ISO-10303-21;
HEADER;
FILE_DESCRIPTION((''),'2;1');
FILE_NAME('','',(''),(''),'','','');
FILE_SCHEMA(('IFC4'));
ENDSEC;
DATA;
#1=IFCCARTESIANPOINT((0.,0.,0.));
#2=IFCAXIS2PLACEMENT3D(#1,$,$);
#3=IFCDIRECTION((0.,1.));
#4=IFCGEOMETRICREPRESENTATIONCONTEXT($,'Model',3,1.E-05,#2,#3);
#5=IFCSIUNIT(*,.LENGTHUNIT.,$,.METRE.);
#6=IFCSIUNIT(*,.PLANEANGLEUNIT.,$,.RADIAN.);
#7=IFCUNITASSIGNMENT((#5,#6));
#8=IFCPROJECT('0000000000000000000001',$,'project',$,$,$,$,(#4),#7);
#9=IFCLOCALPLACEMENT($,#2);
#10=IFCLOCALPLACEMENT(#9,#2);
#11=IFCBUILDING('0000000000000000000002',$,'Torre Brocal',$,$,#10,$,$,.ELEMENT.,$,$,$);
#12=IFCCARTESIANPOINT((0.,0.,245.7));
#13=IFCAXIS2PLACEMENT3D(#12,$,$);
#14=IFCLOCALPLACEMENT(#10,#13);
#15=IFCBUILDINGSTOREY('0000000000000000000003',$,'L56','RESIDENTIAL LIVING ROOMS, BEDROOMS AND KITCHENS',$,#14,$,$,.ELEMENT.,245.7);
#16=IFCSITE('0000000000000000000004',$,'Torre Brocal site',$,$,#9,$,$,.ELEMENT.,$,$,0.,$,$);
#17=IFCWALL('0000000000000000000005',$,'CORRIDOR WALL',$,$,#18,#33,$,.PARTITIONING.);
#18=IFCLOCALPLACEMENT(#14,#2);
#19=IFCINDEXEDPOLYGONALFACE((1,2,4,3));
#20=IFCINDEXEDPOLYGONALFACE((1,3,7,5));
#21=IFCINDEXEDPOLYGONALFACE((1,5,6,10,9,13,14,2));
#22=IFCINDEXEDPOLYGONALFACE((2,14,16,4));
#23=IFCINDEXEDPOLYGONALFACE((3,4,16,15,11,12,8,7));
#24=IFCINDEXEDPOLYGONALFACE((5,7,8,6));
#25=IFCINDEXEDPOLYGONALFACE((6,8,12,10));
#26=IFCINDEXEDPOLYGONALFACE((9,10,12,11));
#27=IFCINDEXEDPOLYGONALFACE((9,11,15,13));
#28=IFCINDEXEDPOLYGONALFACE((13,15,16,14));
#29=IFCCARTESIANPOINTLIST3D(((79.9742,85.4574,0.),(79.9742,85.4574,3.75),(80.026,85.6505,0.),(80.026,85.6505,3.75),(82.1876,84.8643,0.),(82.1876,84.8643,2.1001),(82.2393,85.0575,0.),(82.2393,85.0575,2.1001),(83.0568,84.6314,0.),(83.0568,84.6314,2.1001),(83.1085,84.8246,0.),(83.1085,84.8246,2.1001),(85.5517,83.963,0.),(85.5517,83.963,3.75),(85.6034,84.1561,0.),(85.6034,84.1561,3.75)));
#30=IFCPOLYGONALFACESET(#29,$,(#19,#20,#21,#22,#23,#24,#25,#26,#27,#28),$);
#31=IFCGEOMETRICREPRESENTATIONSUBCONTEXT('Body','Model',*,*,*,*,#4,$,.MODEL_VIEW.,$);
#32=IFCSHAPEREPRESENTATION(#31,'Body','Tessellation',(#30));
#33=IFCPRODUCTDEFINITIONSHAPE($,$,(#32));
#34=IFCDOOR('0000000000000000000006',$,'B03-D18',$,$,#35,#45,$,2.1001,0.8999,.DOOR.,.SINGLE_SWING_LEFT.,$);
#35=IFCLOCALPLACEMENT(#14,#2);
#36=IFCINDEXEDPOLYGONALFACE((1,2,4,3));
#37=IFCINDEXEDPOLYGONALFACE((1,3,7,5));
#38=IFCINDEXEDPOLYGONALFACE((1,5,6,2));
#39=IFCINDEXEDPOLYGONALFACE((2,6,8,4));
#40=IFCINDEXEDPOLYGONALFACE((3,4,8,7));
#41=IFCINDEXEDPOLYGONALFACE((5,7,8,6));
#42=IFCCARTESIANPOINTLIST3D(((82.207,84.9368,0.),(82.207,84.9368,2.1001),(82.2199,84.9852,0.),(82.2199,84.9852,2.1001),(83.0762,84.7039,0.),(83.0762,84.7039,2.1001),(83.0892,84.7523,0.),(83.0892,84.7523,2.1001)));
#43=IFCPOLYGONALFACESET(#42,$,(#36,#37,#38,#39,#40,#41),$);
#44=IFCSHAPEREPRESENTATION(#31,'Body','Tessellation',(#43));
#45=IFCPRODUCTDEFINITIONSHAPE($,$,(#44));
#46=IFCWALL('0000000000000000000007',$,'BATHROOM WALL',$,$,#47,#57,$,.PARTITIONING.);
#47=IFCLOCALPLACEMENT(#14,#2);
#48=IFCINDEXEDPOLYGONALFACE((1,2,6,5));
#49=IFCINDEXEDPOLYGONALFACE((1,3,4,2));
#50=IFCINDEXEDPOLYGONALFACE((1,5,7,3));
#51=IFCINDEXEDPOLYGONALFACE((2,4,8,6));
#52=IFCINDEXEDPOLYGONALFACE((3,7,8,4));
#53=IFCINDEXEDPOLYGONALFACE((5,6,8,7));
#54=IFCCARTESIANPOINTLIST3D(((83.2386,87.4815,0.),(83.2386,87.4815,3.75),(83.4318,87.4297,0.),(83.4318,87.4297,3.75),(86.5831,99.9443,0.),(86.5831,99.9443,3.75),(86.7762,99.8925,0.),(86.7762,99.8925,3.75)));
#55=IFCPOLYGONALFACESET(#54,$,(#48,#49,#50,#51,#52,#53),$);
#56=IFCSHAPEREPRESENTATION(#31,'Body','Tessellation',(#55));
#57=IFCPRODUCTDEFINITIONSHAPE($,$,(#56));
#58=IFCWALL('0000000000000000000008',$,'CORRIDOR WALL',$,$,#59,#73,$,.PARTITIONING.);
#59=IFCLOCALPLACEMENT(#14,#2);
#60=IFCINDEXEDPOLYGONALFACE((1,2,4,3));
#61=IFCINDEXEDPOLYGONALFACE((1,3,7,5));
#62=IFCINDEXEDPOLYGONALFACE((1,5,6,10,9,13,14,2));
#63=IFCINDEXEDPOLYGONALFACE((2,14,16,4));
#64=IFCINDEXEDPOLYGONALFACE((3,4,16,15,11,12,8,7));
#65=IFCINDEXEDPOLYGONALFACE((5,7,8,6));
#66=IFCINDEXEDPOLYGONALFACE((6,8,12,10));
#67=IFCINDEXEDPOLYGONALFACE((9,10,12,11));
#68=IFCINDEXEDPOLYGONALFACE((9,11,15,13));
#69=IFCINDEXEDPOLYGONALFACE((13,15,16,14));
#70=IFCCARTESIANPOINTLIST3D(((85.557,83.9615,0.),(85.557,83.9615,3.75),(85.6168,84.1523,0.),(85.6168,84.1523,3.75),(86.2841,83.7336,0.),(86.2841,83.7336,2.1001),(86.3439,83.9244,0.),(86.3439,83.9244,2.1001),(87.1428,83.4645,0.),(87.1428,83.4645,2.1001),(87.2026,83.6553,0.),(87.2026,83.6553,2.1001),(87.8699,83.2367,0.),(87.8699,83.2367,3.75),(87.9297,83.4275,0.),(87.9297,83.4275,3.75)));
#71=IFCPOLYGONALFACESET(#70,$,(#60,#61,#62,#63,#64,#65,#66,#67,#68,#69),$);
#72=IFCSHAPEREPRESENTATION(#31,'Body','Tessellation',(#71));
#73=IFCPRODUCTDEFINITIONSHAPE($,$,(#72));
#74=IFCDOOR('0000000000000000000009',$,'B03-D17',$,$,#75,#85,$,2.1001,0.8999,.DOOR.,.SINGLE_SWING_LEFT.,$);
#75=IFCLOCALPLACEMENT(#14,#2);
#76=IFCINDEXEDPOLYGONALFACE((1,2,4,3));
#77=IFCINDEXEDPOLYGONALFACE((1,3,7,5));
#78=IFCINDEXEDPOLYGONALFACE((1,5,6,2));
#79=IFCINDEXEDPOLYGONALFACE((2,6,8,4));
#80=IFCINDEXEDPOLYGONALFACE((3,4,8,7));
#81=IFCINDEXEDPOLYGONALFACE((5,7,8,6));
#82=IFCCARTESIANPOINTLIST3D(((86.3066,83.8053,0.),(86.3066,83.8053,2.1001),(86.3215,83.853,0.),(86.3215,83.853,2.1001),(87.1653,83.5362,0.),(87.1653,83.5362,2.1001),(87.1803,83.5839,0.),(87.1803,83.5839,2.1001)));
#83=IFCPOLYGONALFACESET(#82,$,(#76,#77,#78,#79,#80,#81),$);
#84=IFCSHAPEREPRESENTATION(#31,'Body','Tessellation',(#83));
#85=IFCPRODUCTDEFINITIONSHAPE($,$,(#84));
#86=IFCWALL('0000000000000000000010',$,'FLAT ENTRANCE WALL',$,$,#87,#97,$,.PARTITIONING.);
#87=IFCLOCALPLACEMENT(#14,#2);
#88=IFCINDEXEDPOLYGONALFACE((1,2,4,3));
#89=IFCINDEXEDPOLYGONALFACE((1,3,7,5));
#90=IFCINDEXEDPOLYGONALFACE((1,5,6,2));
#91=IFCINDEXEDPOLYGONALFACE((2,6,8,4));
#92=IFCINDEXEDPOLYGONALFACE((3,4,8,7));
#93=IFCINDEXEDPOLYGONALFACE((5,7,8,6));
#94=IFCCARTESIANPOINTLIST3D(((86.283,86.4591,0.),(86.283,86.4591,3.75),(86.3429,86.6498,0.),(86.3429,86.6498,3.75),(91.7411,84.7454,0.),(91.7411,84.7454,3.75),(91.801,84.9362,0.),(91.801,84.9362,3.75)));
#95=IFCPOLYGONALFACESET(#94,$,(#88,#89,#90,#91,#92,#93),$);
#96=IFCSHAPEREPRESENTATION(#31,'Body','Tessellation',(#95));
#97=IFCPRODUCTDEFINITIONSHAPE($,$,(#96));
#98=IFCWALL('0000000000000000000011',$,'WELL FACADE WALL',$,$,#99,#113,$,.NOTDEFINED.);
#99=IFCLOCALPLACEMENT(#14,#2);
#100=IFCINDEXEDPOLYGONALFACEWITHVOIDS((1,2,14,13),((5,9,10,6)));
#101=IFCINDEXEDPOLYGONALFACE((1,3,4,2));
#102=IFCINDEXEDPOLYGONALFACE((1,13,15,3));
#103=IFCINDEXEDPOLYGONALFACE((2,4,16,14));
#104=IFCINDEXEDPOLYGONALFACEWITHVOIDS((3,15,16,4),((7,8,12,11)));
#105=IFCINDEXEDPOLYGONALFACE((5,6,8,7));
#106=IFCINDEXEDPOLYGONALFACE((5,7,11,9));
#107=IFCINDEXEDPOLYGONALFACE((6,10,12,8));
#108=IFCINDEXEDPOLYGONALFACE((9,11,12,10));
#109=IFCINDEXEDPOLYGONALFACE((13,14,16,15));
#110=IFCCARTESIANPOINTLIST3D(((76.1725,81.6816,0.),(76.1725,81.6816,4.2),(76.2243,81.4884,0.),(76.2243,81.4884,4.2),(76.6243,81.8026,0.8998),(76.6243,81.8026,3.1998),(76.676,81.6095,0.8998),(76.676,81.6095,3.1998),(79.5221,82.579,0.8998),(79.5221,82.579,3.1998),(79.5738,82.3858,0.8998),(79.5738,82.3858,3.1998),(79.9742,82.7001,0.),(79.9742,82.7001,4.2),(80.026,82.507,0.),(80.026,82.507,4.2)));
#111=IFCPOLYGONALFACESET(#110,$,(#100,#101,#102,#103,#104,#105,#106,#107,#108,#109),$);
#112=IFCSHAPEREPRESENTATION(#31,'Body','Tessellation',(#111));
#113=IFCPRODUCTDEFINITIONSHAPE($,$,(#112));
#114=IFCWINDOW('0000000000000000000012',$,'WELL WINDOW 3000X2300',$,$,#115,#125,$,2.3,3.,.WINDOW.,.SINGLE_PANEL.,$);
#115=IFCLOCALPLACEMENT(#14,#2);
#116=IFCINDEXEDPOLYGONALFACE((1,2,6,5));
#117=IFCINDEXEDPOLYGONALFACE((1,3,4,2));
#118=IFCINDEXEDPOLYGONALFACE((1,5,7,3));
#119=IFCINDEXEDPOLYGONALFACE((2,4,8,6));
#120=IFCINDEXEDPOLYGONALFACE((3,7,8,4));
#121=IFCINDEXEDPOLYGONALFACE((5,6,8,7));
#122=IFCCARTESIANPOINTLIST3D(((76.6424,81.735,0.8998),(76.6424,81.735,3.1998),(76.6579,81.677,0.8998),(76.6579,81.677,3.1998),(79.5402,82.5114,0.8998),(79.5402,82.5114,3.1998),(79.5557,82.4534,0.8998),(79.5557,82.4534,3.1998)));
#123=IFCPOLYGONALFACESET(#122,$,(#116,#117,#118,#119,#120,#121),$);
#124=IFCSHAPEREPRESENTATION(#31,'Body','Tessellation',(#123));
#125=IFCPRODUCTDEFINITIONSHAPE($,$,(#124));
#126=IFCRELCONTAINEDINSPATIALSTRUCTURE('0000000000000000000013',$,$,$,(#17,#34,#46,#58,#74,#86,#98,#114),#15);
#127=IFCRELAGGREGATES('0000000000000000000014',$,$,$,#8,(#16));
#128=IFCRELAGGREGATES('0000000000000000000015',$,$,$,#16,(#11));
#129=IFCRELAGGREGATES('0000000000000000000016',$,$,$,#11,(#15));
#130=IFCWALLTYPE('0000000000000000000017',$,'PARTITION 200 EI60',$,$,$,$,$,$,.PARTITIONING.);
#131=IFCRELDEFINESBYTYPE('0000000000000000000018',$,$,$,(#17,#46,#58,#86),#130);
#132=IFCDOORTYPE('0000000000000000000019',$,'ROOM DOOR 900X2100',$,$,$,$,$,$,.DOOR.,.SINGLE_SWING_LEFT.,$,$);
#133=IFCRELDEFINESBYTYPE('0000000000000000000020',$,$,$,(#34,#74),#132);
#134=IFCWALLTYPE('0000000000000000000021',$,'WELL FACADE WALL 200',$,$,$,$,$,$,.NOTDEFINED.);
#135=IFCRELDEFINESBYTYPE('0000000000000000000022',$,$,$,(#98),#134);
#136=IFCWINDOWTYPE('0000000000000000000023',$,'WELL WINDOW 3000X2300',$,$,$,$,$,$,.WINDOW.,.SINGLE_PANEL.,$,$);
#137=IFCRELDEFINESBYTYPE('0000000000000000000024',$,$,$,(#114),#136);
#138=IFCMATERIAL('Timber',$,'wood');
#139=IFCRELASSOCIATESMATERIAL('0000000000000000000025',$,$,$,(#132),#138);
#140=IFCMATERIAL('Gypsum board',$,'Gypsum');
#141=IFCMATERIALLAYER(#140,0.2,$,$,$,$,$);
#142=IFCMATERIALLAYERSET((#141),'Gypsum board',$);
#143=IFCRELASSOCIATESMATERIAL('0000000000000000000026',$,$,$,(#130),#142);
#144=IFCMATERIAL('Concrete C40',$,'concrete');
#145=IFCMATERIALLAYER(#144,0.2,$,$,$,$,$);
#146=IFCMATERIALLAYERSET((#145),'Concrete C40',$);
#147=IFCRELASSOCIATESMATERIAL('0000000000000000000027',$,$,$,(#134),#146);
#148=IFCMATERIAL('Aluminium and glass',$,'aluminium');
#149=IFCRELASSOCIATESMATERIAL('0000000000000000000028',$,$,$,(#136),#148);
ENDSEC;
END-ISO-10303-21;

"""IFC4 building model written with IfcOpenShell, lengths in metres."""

from ifc_helpers import new_model, si_unit, direction, frame, frame_2d, origin, place, context, subcontext, project, spatial, rectangle, extrude, material, layer, layer_set, type_object, element, fill, save


model = new_model("IFC4")

# Units and contexts
model_context = context("Model", 3, precision=1e-05, world=origin(), true_north=direction((0.0, 1.0)))
body_context = subcontext(model_context, "Body", "Model", "MODEL_VIEW")
ifc_project = project(units=[si_unit("LENGTHUNIT", "METRE"), si_unit("PLANEANGLEUNIT", "RADIAN")], contexts=[model_context])

# Site, building, storey
site_placement = place(None, origin())
site = spatial("IfcSite", under=ifc_project, at=site_placement, Name="Torre Brocal site", CompositionType="ELEMENT", RefElevation=0.0)
building_placement = place(site_placement, origin())
building = spatial("IfcBuilding", under=site, at=building_placement, Name="Torre Brocal", CompositionType="ELEMENT")
storey_placement = place(building_placement, frame((0.0, 0.0, 245.7)))
storey = spatial("IfcBuildingStorey", under=building, at=storey_placement, Name="L56", Description="RESIDENTIAL LIVING ROOMS, BEDROOMS AND KITCHENS", CompositionType="ELEMENT", Elevation=245.7)

# Shared definitions
ifc_material_1 = material(Name="Timber", Category="wood")
door_type_1 = type_object("IfcDoorType", Name="ROOM DOOR 900X2100", OperationType="SINGLE_SWING_LEFT", PredefinedType="DOOR", material=ifc_material_1)

# Shared definitions
ifc_material_2 = material(Name="Gypsum board", Category="Gypsum")
ifc_layer_1 = layer(ifc_material_2, 0.2)
ifc_layer_set_1 = layer_set([ifc_layer_1], Name="Gypsum board")
wall_type_1 = type_object("IfcWallType", Name="PARTITION 200 EI60", PredefinedType="PARTITIONING", material=ifc_layer_set_1)

# Wall, opening, door
wall_1_placement = place(storey_placement, frame((80.0, 85.554, 0.0), z_axis=(0.0, 0.0, 1.0), x_axis=(0.965929, -0.258807, 0.0)))
wall_1 = element("IfcWall", 1, at=wall_1_placement, inside=storey, type_object=wall_type_1, Name="CORRIDOR WALL", PredefinedType="PARTITIONING", context=body_context, shape_type="SweptSolid", body=[
    extrude(rectangle(XDim=5.7742, YDim=0.2, at=frame_2d((2.8872, 0.0))), origin(), (0.0, 0.0, 1.0), 3.75),
])
opening_1_placement = place(wall_1_placement, frame((2.2915, 0.0, 0.0)))
opening_1 = element("IfcOpeningElement", 2, at=opening_1_placement, cuts=wall_1, PredefinedType="OPENING", context=body_context, shape_type="SweptSolid", body=[
    extrude(rectangle(XDim=0.8999, YDim=2.1001, at=frame_2d((0.45, 1.05))), frame((0.0, 0.1099, 0.0), z_axis=(0.0, -1.0, 0.0), x_axis=(1.0, 0.0, 0.0)), (0.0, 0.0, 1.0), 0.22),
])
door_1_placement = place(opening_1_placement, frame((0.8999, 0.0, 0.0), z_axis=(0.0, 0.0, 1.0), x_axis=(-1.0, 0.0, 0.0)))
door_1 = element("IfcDoor", 3, at=door_1_placement, inside=storey, type_object=door_type_1, Name="B03-D18", OperationType="SINGLE_SWING_LEFT", OverallHeight=2.1001, OverallWidth=0.8999, PredefinedType="DOOR", context=body_context, shape_type="SweptSolid", body=[
    extrude(rectangle(XDim=0.8999, YDim=2.1001, at=frame_2d((0.45, 1.05))), frame((0.0, 0.0249, 0.0), z_axis=(0.0, -1.0, 0.0), x_axis=(1.0, 0.0, 0.0)), (0.0, 0.0, 1.0), 0.05),
])
fill(opening_1, door_1)

# Wall
wall_2_placement = place(storey_placement, frame((83.3352, 87.4556, 0.0), z_axis=(0.0, 0.0, 1.0), x_axis=(0.259185, 0.965828, 0.0)))
element("IfcWall", 4, at=wall_2_placement, inside=storey, type_object=wall_type_1, Name="BATHROOM WALL", PredefinedType="PARTITIONING", context=body_context, shape_type="SweptSolid", body=[
    extrude(rectangle(XDim=12.9038, YDim=0.2, at=frame_2d((6.4519, 0.0))), origin(), (0.0, 0.0, 1.0), 3.75),
])

# Wall, opening, door
wall_3_placement = place(storey_placement, frame((85.5869, 84.0569, 0.0), z_axis=(0.0, 0.0, 1.0), x_axis=(0.95424, -0.299043, 0.0)))
wall_3 = element("IfcWall", 5, at=wall_3_placement, inside=storey, type_object=wall_type_1, Name="CORRIDOR WALL", PredefinedType="PARTITIONING", context=body_context, shape_type="SweptSolid", body=[
    extrude(rectangle(XDim=2.4238, YDim=0.2, at=frame_2d((1.2119, 0.0))), origin(), (0.0, 0.0, 1.0), 3.75),
])
opening_2_placement = place(wall_3_placement, frame((0.762, 0.0, 0.0)))
opening_2 = element("IfcOpeningElement", 6, at=opening_2_placement, cuts=wall_3, PredefinedType="OPENING", context=body_context, shape_type="SweptSolid", body=[
    extrude(rectangle(XDim=0.8999, YDim=2.1001, at=frame_2d((0.45, 1.05))), frame((0.0, 0.1099, 0.0), z_axis=(0.0, -1.0, 0.0), x_axis=(1.0, 0.0, 0.0)), (0.0, 0.0, 1.0), 0.22),
])
door_2_placement = place(opening_2_placement, frame((0.8999, 0.0, 0.0), z_axis=(0.0, 0.0, 1.0), x_axis=(-1.0, 0.0, 0.0)))
door_2 = element("IfcDoor", 7, at=door_2_placement, inside=storey, type_object=door_type_1, Name="B03-D17", OperationType="SINGLE_SWING_LEFT", OverallHeight=2.1001, OverallWidth=0.8999, PredefinedType="DOOR", context=body_context, shape_type="SweptSolid", body=[
    extrude(rectangle(XDim=0.8999, YDim=2.1001, at=frame_2d((0.45, 1.05))), frame((0.0, 0.0249, 0.0), z_axis=(0.0, -1.0, 0.0), x_axis=(1.0, 0.0, 0.0)), (0.0, 0.0, 1.0), 0.05),
])
fill(opening_2, door_2)

# Wall
wall_4_placement = place(storey_placement, frame((86.313, 86.5544, 0.0), z_axis=(0.0, 0.0, 1.0), x_axis=(0.954081, -0.299548, 0.0)))
element("IfcWall", 8, at=wall_4_placement, inside=storey, type_object=wall_type_1, Name="FLAT ENTRANCE WALL", PredefinedType="PARTITIONING", context=body_context, shape_type="SweptSolid", body=[
    extrude(rectangle(XDim=5.7207, YDim=0.2, at=frame_2d((2.8604, 0.0))), origin(), (0.0, 0.0, 1.0), 3.75),
])

# Wall, opening, window
ifc_material_3 = material(Name="Concrete C40", Category="concrete")
ifc_layer_2 = layer(ifc_material_3, 0.2)
ifc_layer_set_2 = layer_set([ifc_layer_2], Name="Concrete C40")
wall_type_2 = type_object("IfcWallType", Name="WELL FACADE WALL 200", PredefinedType="NOTDEFINED", material=ifc_layer_set_2)
wall_5_placement = place(storey_placement, frame((80.0, 82.6035, 0.0), z_axis=(0.0, 0.0, 1.0), x_axis=(-0.965934, -0.25879, 0.0)))
wall_5 = element("IfcWall", 9, at=wall_5_placement, inside=storey, type_object=wall_type_2, Name="WELL FACADE WALL", PredefinedType="NOTDEFINED", context=body_context, shape_type="SweptSolid", body=[
    extrude(rectangle(XDim=3.9358, YDim=0.2, at=frame_2d((1.9678, 0.0))), origin(), (0.0, 0.0, 1.0), 4.2),
])
opening_3_placement = place(wall_5_placement, frame((0.468, 0.0, 0.8999)))
opening_3 = element("IfcOpeningElement", 10, at=opening_3_placement, cuts=wall_5, PredefinedType="OPENING", context=body_context, shape_type="SweptSolid", body=[
    extrude(rectangle(XDim=3.0, YDim=2.3, at=frame_2d((1.5, 1.1499))), frame((0.0, 0.1099, 0.0), z_axis=(0.0, -1.0, 0.0), x_axis=(1.0, 0.0, 0.0)), (0.0, 0.0, 1.0), 0.22),
])
ifc_material_4 = material(Name="Aluminium and glass", Category="aluminium")
window_type = type_object("IfcWindowType", Name="WELL WINDOW 3000X2300", PartitioningType="SINGLE_PANEL", PredefinedType="WINDOW", material=ifc_material_4)
window_placement = place(opening_3_placement, origin())
window = element("IfcWindow", 11, at=window_placement, inside=storey, type_object=window_type, Name="WELL WINDOW 3000X2300", OverallHeight=2.3, OverallWidth=3.0, PartitioningType="SINGLE_PANEL", PredefinedType="WINDOW", context=body_context, shape_type="SweptSolid", body=[
    extrude(rectangle(XDim=3.0, YDim=2.3, at=frame_2d((1.5, 1.1499))), frame((0.0, 0.03, 0.0), z_axis=(0.0, -1.0, 0.0), x_axis=(1.0, 0.0, 0.0)), (0.0, 0.0, 1.0), 0.0601),
])
fill(opening_3, window)

save(model, "model.ifc")
